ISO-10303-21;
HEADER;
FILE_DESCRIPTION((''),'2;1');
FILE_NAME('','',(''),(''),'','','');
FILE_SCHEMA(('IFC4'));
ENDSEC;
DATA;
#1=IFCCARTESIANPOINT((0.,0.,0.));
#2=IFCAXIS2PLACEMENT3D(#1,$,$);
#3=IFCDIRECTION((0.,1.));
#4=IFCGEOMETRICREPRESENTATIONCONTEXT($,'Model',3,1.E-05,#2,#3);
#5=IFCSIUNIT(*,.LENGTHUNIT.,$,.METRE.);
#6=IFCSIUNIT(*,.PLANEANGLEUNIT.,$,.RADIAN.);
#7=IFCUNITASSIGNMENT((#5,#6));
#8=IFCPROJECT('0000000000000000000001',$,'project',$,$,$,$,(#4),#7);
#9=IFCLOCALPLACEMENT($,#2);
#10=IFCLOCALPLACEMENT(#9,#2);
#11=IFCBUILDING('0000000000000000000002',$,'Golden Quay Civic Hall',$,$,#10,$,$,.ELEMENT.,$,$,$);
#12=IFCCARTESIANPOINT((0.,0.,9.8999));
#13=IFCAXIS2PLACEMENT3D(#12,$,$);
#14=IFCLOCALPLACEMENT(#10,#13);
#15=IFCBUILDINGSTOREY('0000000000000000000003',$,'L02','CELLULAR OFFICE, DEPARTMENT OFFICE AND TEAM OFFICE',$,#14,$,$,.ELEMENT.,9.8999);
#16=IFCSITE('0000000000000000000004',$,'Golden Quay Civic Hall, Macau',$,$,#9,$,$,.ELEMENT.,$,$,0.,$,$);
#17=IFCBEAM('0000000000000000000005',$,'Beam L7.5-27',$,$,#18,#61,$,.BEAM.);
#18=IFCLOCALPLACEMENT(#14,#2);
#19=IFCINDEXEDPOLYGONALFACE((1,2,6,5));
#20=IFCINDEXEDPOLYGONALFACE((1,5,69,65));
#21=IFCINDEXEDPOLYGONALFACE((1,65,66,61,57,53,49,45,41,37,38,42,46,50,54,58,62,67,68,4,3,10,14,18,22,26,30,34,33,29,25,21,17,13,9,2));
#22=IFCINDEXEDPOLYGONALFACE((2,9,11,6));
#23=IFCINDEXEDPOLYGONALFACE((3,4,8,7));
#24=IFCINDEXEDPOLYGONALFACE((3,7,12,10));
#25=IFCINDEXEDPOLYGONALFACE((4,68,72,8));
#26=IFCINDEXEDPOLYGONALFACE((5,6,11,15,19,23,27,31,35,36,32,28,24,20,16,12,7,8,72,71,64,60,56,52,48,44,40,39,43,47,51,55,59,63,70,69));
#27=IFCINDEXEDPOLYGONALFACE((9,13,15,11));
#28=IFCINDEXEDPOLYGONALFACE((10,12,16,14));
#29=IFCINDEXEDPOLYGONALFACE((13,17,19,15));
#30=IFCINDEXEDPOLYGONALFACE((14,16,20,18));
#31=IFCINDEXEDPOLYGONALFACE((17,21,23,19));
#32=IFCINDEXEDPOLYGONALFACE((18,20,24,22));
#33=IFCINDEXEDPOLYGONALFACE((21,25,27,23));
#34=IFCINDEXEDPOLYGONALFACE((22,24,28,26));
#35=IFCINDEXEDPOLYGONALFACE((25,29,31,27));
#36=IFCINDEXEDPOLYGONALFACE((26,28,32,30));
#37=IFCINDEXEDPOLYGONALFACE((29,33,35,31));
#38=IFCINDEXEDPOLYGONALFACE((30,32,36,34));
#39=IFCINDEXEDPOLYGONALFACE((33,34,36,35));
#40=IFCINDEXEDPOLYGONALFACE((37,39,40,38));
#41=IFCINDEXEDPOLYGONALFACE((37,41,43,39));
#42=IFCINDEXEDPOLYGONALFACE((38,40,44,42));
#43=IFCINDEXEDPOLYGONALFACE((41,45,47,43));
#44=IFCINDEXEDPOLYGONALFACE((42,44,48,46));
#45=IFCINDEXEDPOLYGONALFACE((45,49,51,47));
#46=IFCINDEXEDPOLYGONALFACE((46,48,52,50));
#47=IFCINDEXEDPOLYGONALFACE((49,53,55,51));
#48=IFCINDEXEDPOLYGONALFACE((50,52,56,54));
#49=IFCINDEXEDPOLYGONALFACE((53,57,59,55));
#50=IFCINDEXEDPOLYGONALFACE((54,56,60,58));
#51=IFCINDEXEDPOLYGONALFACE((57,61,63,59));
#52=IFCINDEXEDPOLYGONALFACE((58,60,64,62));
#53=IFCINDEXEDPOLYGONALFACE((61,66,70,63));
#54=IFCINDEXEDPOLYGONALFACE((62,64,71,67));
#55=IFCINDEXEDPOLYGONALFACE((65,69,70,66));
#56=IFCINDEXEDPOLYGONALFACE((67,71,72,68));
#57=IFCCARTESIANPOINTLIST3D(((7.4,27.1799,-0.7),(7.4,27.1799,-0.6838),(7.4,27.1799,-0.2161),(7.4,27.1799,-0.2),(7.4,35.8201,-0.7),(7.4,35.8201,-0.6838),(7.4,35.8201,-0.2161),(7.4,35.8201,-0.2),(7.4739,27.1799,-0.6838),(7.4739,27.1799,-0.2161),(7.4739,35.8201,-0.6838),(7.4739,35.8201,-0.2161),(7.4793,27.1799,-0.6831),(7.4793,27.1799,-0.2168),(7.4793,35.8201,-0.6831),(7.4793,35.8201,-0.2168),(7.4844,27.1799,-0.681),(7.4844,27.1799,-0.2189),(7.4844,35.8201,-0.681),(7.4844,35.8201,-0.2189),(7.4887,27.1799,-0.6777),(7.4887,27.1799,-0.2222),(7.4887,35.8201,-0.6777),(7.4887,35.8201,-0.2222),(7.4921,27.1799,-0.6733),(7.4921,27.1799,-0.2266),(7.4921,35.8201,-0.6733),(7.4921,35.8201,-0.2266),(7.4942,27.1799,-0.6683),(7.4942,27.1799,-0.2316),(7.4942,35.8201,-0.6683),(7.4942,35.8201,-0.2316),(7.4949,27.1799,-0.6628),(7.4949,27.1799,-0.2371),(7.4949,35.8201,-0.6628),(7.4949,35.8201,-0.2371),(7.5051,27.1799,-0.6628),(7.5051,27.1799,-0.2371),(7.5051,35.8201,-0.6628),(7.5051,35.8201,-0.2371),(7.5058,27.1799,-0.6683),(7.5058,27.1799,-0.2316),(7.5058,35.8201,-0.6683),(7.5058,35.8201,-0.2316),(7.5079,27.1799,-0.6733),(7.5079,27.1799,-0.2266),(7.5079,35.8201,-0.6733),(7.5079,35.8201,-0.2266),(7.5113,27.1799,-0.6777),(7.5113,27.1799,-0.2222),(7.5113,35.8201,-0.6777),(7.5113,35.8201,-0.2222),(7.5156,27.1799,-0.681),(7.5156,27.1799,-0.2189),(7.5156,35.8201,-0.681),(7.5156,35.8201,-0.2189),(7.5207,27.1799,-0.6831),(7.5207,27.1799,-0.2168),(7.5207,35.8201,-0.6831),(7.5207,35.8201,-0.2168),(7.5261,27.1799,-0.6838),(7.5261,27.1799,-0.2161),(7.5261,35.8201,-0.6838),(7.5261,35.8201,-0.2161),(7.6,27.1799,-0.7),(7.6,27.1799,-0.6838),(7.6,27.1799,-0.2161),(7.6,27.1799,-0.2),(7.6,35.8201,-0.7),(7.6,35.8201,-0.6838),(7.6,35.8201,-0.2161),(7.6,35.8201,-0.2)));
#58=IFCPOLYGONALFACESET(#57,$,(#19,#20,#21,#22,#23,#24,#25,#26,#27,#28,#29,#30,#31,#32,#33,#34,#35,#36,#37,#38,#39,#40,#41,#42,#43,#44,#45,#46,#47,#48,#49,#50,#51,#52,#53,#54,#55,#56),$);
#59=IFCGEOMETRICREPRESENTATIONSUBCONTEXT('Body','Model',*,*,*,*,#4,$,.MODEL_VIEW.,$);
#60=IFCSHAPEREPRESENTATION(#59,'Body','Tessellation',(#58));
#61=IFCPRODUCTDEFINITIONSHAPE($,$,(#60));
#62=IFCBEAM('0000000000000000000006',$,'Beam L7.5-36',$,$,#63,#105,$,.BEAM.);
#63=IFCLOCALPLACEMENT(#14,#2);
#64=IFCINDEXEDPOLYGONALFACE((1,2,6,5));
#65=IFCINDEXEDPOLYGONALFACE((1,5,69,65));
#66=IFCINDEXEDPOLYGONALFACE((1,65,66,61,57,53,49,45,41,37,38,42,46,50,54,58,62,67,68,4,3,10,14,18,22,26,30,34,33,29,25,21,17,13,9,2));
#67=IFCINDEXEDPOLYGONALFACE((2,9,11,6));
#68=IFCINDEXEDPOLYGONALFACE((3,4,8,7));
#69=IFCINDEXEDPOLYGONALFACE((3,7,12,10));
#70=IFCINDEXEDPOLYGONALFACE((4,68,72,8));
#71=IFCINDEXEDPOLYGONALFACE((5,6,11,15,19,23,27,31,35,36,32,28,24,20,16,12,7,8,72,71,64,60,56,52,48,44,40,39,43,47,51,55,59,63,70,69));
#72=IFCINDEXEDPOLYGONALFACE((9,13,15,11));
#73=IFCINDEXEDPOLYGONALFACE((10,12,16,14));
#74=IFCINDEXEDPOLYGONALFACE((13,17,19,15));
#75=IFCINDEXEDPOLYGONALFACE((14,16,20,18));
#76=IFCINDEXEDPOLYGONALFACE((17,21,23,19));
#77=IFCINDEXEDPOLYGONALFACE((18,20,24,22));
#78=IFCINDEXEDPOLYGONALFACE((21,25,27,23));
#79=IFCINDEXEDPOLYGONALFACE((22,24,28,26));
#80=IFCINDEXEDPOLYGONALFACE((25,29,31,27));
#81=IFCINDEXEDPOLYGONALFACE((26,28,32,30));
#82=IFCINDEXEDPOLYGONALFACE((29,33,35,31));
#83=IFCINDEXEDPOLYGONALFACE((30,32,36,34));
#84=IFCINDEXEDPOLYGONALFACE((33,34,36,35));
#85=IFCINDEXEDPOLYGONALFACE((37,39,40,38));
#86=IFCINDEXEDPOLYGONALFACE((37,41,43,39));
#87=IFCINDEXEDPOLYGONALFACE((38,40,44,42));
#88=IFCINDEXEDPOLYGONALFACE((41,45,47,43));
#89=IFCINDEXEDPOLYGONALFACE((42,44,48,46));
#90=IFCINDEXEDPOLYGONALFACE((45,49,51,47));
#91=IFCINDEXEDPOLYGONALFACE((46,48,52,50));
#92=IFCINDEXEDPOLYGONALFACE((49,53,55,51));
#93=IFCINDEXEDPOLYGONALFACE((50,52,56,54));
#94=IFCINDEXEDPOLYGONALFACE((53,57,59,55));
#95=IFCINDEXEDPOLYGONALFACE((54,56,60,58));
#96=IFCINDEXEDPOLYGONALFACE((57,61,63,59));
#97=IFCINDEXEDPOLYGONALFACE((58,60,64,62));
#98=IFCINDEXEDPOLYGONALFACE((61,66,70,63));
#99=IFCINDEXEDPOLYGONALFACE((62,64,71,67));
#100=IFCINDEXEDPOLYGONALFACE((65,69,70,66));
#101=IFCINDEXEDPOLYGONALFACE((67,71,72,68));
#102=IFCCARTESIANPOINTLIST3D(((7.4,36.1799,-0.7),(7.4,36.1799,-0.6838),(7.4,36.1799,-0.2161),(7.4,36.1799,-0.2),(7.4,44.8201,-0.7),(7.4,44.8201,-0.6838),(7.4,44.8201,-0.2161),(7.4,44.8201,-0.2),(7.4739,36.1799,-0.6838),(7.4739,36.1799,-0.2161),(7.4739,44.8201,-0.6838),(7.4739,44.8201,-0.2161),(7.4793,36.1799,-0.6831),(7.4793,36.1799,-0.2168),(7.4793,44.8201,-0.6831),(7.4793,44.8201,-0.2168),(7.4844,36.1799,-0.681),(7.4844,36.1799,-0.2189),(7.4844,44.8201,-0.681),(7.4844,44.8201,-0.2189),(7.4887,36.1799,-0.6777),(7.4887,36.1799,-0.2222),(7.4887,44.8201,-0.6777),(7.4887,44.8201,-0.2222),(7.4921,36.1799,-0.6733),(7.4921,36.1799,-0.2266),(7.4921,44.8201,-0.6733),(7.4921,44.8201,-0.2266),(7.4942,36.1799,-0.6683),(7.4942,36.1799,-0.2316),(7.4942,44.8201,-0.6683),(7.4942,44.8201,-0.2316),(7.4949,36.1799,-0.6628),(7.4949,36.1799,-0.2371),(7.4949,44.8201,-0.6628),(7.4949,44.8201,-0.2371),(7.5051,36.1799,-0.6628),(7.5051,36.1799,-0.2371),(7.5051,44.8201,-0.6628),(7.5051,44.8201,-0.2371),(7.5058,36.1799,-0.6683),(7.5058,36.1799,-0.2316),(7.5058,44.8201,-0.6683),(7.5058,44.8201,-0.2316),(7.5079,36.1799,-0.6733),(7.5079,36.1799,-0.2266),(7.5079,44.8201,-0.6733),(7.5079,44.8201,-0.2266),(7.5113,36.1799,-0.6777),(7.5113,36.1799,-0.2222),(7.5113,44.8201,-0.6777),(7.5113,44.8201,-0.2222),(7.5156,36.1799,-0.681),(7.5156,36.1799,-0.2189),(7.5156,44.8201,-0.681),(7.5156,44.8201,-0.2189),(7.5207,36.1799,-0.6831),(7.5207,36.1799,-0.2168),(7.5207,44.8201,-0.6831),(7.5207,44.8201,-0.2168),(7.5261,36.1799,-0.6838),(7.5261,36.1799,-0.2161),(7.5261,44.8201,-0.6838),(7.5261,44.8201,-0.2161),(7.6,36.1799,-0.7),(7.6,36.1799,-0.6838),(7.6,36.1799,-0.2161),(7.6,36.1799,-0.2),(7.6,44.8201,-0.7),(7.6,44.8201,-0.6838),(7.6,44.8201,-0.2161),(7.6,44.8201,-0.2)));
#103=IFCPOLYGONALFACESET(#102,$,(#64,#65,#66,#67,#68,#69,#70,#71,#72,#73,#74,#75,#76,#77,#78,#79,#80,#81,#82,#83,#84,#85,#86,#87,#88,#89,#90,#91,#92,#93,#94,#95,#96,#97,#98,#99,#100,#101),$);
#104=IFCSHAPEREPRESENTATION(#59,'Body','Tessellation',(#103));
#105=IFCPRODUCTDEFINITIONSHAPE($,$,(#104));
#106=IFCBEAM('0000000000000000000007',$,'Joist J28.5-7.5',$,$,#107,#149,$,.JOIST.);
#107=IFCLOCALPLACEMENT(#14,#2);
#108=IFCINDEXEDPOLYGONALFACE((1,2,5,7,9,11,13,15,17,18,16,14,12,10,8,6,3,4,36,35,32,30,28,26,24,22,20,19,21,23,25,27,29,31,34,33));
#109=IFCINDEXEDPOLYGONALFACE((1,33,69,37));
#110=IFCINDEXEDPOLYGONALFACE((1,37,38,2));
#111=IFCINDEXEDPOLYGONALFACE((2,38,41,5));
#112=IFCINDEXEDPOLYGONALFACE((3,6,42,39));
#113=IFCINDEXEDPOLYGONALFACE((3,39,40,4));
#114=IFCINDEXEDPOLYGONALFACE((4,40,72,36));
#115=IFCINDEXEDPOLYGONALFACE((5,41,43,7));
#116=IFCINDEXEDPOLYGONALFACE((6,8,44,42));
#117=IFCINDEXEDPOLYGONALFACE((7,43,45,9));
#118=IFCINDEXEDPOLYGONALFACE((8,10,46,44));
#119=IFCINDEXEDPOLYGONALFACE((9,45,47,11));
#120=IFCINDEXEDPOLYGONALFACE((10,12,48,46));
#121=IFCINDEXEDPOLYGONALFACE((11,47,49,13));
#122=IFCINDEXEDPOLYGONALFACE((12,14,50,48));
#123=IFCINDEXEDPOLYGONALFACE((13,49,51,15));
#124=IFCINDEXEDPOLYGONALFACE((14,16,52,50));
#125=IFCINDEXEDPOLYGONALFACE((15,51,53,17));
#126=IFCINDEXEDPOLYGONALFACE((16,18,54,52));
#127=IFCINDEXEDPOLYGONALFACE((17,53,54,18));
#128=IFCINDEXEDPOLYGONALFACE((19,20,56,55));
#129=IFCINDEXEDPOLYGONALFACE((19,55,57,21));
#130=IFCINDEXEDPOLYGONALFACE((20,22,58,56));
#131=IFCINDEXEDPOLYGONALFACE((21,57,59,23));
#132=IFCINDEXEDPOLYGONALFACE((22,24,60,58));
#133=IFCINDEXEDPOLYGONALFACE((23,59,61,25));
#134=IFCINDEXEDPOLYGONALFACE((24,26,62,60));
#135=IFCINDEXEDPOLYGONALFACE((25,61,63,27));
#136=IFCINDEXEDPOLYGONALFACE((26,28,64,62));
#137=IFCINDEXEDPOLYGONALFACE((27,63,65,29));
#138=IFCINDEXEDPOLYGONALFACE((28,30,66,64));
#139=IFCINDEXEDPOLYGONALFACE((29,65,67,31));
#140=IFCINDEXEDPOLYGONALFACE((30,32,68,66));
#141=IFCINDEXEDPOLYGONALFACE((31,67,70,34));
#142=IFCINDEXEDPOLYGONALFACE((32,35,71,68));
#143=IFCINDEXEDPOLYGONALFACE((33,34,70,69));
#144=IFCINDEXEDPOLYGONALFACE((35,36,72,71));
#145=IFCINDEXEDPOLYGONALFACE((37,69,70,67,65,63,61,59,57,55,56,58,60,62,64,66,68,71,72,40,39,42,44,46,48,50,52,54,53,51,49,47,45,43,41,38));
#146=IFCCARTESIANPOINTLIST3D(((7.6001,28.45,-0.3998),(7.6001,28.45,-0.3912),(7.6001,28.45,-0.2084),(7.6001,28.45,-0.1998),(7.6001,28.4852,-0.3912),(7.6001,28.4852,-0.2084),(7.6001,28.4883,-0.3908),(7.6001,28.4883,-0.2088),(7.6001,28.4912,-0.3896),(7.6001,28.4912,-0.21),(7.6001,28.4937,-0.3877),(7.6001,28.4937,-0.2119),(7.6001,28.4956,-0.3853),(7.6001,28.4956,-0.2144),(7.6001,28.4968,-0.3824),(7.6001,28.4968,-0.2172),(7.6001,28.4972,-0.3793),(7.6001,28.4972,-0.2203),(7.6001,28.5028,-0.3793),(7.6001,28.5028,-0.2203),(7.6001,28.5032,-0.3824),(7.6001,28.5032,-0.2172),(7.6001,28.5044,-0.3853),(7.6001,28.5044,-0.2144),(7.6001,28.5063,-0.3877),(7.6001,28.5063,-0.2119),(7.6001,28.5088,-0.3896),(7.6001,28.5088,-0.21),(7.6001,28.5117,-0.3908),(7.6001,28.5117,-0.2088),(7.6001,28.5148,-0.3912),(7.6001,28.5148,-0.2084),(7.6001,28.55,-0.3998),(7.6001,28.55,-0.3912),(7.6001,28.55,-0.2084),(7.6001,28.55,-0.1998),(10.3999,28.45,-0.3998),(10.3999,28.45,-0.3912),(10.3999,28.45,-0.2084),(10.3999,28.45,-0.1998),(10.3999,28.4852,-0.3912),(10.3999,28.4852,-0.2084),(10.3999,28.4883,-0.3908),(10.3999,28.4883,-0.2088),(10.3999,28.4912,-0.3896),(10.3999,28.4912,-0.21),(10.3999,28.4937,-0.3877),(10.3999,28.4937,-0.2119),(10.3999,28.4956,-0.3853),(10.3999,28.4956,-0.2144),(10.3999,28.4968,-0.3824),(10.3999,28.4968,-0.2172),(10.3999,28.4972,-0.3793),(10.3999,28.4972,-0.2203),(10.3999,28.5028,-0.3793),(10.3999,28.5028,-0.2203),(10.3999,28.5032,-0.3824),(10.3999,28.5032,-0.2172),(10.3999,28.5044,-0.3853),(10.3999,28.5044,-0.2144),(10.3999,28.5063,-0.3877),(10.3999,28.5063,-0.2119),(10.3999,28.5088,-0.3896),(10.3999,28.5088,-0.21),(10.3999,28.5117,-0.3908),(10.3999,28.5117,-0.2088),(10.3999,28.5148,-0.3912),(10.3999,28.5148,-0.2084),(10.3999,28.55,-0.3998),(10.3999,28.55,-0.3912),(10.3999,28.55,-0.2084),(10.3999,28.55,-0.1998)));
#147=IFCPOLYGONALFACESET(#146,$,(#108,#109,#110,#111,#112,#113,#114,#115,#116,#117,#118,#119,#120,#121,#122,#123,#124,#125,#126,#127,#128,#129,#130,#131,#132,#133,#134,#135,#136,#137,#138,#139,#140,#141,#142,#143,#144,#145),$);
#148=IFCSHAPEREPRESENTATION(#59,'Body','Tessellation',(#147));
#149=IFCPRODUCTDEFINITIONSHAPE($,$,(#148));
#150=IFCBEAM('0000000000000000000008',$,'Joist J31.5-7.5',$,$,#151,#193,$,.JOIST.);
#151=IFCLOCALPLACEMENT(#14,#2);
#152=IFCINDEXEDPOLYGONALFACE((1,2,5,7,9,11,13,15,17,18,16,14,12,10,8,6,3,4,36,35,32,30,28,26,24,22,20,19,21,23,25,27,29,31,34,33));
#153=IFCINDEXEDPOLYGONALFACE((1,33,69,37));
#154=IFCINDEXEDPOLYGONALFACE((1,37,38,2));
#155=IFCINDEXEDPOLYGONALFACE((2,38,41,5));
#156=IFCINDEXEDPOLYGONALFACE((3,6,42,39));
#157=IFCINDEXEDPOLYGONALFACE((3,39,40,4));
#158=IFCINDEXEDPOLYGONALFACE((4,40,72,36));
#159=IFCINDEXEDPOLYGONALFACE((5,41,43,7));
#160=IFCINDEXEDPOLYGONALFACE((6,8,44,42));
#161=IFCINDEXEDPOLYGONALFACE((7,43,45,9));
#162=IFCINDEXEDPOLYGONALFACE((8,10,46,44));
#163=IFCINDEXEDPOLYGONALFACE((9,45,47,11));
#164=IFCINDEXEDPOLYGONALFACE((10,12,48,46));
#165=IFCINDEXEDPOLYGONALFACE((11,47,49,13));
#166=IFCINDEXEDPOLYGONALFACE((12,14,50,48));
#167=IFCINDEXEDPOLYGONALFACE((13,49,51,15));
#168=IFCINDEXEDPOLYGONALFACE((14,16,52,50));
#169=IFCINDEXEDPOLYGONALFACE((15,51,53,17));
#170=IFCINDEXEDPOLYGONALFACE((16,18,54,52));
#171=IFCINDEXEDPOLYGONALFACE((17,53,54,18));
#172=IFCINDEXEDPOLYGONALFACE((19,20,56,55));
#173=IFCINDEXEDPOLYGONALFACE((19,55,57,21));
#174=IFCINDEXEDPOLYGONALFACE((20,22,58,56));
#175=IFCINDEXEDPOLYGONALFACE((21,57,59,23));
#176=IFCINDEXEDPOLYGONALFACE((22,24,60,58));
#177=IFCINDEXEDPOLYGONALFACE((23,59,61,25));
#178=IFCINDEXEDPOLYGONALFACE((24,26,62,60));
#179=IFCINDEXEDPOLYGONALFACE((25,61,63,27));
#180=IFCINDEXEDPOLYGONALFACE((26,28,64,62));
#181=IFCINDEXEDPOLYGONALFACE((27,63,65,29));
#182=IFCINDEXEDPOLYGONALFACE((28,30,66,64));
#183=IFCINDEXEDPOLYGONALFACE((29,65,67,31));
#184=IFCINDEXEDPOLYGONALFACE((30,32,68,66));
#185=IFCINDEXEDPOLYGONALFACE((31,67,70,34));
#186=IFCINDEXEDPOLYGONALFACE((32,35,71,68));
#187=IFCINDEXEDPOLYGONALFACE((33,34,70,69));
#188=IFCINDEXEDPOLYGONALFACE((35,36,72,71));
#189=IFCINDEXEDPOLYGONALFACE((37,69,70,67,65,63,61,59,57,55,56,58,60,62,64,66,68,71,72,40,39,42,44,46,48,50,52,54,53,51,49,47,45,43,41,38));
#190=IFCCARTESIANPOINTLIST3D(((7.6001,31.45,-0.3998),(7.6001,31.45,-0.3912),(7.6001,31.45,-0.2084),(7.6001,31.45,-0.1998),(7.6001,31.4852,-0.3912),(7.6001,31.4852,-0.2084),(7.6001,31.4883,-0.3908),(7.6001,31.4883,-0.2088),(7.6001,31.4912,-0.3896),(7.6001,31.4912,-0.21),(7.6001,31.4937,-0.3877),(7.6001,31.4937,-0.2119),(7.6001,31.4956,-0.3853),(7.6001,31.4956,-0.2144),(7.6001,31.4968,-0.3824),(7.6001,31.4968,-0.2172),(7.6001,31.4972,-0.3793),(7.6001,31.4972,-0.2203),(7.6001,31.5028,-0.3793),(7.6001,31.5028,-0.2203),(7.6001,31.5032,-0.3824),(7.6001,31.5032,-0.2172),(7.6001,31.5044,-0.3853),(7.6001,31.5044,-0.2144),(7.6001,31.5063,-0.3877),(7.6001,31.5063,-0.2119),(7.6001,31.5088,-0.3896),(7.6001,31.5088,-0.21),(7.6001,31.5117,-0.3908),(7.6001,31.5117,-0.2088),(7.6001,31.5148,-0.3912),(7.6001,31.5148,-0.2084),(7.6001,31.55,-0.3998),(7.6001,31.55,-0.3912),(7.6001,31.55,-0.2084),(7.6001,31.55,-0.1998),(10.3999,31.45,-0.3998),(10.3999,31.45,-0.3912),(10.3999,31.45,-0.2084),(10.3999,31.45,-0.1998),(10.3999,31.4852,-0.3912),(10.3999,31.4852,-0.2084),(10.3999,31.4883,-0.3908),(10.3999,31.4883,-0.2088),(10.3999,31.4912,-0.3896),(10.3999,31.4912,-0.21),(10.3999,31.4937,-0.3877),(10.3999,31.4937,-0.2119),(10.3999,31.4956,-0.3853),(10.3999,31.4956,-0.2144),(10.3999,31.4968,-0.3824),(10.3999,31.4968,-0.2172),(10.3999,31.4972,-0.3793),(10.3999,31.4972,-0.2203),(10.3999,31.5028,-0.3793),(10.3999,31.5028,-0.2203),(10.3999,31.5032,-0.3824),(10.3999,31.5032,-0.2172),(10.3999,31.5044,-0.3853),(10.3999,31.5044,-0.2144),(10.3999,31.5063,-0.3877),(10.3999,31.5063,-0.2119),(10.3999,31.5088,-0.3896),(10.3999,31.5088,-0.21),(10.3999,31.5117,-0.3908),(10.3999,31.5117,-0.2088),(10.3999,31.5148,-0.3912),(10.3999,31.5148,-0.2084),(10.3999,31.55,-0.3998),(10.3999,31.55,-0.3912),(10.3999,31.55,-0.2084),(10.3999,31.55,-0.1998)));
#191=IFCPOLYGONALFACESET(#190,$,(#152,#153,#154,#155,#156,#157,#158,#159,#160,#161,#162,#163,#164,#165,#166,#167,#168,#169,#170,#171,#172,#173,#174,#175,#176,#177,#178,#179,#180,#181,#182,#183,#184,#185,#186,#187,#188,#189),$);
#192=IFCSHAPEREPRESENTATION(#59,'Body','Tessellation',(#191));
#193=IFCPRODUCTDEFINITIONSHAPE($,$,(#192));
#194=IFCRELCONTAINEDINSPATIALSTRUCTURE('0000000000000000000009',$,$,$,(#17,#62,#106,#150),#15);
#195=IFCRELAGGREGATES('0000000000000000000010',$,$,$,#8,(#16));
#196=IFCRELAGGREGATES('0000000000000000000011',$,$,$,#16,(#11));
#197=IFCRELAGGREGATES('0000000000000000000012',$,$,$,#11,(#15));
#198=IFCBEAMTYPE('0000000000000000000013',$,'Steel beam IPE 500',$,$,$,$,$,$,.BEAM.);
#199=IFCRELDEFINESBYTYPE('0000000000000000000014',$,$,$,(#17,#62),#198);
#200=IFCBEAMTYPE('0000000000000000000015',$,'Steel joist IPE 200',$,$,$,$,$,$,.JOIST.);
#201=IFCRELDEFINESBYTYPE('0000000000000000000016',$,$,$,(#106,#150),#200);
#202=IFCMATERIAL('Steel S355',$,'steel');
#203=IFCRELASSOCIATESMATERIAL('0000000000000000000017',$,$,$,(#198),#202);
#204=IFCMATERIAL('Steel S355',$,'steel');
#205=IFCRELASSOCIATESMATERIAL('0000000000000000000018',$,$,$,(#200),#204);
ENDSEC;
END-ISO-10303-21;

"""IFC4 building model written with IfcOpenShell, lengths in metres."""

from ifc_helpers import new_model, si_unit, direction, frame, origin, origin_2d, place, context, subcontext, project, spatial, i_section, extrude, material, material_profile, profile_set, type_object, element, save


model = new_model("IFC4")

# Units and contexts
model_context = context("Model", 3, precision=1e-05, world=origin(), true_north=direction((0.0, 1.0)))
body_context = subcontext(model_context, "Body", "Model", "MODEL_VIEW")
ifc_project = project(units=[si_unit("LENGTHUNIT", "METRE"), si_unit("PLANEANGLEUNIT", "RADIAN")], contexts=[model_context])

# Site, building, storey
site_placement = place(None, origin())
site = spatial("IfcSite", under=ifc_project, at=site_placement, Name="Golden Quay Civic Hall, Macau", CompositionType="ELEMENT", RefElevation=0.0)
building_placement = place(site_placement, origin())
building = spatial("IfcBuilding", under=site, at=building_placement, Name="Golden Quay Civic Hall", CompositionType="ELEMENT")
storey_placement = place(building_placement, frame((0.0, 0.0, 9.8999)))
storey = spatial("IfcBuildingStorey", under=building, at=storey_placement, Name="L02", Description="CELLULAR OFFICE, DEPARTMENT OFFICE AND TEAM OFFICE", CompositionType="ELEMENT", Elevation=9.8999)

# Beams
ifc_material_1 = material(Name="Steel S355", Category="steel")
ifc_material_profile_1 = material_profile(ifc_material_1, i_section(OverallWidth=0.2, OverallDepth=0.5, WebThickness=0.0103, FlangeThickness=0.0161, FilletRadius=0.021, at=origin_2d()), Name="IPE 500")
ifc_profile_set_1 = profile_set([ifc_material_profile_1], Name="Steel S355")
beam_type_1 = type_object("IfcBeamType", Name="Steel beam IPE 500", PredefinedType="BEAM", material=ifc_profile_set_1)
for number, where, z_axis, x_axis, name in (
    (1, (7.5, 27.1799, -0.45), (0.0, 1.0, 0.0), (-1.0, 0.0, 0.0), "Beam L7.5-27"),
    (2, (7.5, 36.1799, -0.45), (0.0, 1.0, 0.0), (-1.0, 0.0, 0.0), "Beam L7.5-36"),
):
    element("IfcBeam", number, at=place(storey_placement, frame(where, z_axis=z_axis, x_axis=x_axis)), inside=storey, type_object=beam_type_1, Name=name, PredefinedType="BEAM", context=body_context, shape_type="SweptSolid", body=[
        extrude(i_section(OverallWidth=0.2, OverallDepth=0.5, WebThickness=0.0103, FlangeThickness=0.0161, FilletRadius=0.021, at=origin_2d()), origin(), (0.0, 0.0, 1.0), 8.6401),
    ])
ifc_material_2 = material(Name="Steel S355", Category="steel")
ifc_material_profile_2 = material_profile(ifc_material_2, i_section(OverallWidth=0.1001, OverallDepth=0.2, WebThickness=0.0056, FlangeThickness=0.0085, FilletRadius=0.012, at=origin_2d()), Name="IPE 200")
ifc_profile_set_2 = profile_set([ifc_material_profile_2], Name="Steel S355")
beam_type_2 = type_object("IfcBeamType", Name="Steel joist IPE 200", PredefinedType="JOIST", material=ifc_profile_set_2)
for number, where, z_axis, x_axis, name in (
    (3, (7.6001, 28.5, -0.2998), (1.0, 0.0, 0.0), (0.0, 1.0, 0.0), "Joist J28.5-7.5"),
    (4, (7.6001, 31.5, -0.2998), (1.0, 0.0, 0.0), (0.0, 1.0, 0.0), "Joist J31.5-7.5"),
):
    element("IfcBeam", number, at=place(storey_placement, frame(where, z_axis=z_axis, x_axis=x_axis)), inside=storey, type_object=beam_type_2, Name=name, PredefinedType="JOIST", context=body_context, shape_type="SweptSolid", body=[
        extrude(i_section(OverallWidth=0.1001, OverallDepth=0.2, WebThickness=0.0056, FlangeThickness=0.0085, FilletRadius=0.012, at=origin_2d()), origin(), (0.0, 0.0, 1.0), 2.7998),
    ])

save(model, "model.ifc")
